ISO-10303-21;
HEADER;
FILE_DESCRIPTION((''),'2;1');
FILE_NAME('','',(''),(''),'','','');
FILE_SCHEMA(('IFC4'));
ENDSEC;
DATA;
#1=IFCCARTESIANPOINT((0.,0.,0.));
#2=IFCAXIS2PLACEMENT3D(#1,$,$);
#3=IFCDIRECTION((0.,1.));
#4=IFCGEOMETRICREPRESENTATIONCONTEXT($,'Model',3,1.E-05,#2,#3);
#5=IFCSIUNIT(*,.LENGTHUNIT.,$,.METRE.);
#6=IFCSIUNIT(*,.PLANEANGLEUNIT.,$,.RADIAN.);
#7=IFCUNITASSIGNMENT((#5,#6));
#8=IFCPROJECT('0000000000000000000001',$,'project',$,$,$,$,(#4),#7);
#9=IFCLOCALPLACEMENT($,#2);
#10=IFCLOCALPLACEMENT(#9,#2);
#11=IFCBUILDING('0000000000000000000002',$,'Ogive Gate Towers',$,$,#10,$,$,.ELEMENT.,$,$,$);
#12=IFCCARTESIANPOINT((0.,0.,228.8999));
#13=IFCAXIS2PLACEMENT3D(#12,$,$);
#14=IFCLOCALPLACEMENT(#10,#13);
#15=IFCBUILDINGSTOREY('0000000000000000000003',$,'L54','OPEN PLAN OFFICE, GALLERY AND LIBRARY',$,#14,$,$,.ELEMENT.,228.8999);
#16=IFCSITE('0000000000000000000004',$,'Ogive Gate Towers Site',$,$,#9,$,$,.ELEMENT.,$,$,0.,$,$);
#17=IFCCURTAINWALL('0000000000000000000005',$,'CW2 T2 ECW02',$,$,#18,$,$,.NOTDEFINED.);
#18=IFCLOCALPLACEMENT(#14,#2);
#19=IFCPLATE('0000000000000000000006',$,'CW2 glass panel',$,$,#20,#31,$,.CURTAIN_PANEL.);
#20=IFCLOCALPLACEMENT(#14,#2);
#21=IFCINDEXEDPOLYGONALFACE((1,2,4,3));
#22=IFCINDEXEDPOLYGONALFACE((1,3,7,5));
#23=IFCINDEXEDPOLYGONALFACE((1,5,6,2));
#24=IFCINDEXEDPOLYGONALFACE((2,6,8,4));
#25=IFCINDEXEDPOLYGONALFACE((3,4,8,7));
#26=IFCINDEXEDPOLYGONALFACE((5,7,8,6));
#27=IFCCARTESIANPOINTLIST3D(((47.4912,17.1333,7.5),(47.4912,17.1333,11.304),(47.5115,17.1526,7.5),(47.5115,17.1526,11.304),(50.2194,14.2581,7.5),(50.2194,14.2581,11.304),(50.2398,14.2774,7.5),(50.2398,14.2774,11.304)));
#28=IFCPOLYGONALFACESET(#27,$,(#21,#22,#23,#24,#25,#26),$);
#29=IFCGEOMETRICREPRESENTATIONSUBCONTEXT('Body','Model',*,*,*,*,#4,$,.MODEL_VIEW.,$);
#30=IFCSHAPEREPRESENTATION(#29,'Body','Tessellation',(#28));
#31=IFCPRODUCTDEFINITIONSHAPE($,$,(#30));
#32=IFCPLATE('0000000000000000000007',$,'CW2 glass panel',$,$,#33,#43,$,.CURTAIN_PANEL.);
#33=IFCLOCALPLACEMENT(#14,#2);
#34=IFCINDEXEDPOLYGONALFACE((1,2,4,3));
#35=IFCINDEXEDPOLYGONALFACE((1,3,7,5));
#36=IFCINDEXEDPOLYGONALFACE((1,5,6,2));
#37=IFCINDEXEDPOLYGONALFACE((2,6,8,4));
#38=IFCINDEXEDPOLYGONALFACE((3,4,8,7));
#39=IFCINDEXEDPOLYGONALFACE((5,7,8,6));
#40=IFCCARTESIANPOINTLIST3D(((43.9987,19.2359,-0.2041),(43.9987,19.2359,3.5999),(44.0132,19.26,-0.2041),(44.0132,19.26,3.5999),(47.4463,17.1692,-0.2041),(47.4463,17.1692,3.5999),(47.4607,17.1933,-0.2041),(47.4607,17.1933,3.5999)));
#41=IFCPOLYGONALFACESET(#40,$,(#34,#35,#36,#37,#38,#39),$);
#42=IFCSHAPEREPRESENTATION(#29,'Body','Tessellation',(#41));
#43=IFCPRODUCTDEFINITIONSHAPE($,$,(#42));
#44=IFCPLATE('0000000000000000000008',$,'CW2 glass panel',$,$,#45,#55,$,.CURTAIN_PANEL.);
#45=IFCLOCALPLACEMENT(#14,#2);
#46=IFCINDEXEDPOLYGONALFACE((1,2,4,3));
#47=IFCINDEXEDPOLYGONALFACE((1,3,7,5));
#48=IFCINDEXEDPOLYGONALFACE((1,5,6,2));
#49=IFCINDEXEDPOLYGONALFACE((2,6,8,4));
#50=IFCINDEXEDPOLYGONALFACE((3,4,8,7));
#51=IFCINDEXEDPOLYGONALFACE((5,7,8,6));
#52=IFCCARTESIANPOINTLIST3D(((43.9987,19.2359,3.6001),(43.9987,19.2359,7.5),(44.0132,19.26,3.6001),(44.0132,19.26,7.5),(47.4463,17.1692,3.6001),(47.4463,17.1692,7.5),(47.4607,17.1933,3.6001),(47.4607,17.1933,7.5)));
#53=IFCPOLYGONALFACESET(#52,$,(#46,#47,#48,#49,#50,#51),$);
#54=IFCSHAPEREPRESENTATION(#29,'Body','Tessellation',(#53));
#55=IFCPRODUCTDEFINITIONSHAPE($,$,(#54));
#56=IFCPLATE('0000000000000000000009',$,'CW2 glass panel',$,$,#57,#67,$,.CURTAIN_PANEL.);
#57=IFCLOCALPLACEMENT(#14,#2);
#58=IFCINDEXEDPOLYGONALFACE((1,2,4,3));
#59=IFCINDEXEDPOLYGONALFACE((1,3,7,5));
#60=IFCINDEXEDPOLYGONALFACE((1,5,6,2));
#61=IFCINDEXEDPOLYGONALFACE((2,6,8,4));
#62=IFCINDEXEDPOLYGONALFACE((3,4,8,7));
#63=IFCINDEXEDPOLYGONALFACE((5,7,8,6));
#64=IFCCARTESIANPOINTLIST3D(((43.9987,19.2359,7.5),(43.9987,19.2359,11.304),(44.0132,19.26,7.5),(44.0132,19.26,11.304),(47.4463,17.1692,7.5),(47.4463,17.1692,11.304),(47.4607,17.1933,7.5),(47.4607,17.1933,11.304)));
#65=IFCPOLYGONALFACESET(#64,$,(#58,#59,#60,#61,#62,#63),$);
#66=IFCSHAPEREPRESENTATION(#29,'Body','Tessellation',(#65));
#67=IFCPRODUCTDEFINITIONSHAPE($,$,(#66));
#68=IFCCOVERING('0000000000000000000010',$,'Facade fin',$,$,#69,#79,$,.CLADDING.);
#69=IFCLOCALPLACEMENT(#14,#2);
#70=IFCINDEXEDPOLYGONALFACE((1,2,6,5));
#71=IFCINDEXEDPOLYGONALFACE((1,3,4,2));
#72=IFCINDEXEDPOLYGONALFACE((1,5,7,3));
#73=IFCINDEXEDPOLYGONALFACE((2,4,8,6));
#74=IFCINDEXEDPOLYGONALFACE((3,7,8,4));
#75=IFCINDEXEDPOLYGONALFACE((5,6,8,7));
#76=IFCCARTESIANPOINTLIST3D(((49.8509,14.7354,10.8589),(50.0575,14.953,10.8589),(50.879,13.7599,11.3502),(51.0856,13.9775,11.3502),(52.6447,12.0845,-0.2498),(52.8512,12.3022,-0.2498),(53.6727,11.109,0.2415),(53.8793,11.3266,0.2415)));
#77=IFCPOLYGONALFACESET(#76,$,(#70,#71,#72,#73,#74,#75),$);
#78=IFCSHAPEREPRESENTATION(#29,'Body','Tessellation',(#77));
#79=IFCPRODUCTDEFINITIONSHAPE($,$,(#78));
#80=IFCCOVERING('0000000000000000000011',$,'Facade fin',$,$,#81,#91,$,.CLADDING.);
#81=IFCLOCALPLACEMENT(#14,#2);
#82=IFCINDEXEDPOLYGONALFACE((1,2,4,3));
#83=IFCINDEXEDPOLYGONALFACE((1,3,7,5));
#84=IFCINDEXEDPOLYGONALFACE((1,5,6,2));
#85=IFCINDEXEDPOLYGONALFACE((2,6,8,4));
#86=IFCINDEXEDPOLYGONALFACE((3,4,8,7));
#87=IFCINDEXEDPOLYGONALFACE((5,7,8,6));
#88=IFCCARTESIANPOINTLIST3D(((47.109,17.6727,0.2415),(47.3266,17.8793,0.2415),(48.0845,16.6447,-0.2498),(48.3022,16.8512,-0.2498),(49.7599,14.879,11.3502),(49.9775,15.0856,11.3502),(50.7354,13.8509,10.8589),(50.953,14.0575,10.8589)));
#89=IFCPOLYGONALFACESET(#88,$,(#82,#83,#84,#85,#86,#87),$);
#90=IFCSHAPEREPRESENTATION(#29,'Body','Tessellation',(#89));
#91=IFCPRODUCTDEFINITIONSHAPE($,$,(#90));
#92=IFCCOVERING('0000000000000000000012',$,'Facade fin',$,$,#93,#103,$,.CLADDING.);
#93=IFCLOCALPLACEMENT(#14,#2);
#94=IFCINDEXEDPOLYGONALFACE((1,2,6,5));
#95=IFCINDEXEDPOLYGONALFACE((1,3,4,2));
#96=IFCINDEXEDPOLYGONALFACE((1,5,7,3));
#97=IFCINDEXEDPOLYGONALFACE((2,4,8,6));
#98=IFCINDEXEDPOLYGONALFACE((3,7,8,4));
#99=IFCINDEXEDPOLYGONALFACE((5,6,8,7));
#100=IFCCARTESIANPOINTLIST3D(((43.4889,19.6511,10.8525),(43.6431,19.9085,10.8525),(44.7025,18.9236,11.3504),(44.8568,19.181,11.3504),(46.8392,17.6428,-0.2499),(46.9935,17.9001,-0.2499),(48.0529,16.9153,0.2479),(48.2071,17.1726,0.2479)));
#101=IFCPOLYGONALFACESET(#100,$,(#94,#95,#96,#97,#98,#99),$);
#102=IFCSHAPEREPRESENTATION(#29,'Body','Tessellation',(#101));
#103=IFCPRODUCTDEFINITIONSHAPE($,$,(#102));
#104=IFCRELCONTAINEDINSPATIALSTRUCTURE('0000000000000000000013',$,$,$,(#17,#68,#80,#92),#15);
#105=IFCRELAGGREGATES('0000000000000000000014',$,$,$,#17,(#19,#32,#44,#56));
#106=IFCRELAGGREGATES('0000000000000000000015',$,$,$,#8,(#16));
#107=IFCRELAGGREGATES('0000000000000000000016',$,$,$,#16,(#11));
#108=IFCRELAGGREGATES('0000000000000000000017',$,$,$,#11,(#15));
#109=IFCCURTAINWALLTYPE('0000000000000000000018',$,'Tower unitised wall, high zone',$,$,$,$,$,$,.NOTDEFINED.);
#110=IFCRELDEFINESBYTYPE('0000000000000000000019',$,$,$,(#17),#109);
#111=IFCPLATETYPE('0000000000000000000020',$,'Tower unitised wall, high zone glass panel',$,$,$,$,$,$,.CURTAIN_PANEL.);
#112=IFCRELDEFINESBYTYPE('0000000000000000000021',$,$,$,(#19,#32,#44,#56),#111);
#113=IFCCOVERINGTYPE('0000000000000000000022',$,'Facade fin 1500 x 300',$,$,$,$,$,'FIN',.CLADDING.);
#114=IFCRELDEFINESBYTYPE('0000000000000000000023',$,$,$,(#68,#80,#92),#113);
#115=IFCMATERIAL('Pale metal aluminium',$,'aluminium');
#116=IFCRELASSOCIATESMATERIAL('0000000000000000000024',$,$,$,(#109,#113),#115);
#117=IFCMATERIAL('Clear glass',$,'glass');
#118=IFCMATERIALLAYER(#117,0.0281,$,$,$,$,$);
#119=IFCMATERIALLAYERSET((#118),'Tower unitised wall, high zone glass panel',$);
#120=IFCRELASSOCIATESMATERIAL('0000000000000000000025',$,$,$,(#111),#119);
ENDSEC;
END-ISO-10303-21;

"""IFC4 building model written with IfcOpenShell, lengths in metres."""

from ifc_helpers import new_model, si_unit, direction, frame, origin, origin_2d, place, context, subcontext, project, spatial, rectangle, extrude, material, layer, layer_set, material_profile, profile_set, type_object, element, aggregate, save


model = new_model("IFC4")

# Units and contexts
model_context = context("Model", 3, precision=1e-05, world=origin(), true_north=direction((0.0, 1.0)))
body_context = subcontext(model_context, "Body", "Model", "MODEL_VIEW")
ifc_project = project(units=[si_unit("LENGTHUNIT", "METRE"), si_unit("PLANEANGLEUNIT", "RADIAN")], contexts=[model_context])

# Site, building, storey
site_placement = place(None, origin())
site = spatial("IfcSite", under=ifc_project, at=site_placement, Name="Ogive Gate Towers Site", CompositionType="ELEMENT", RefElevation=0.0)
building_placement = place(site_placement, origin())
building = spatial("IfcBuilding", under=site, at=building_placement, Name="Ogive Gate Towers", CompositionType="ELEMENT")
storey_placement = place(building_placement, frame((0.0, 0.0, 228.8999)))
storey = spatial("IfcBuildingStorey", under=building, at=storey_placement, Name="L54", Description="OPEN PLAN OFFICE, GALLERY AND LIBRARY", CompositionType="ELEMENT", Elevation=228.8999)

# Shared definitions
ifc_material_1 = material(Name="Pale metal aluminium", Category="aluminium")
curtain_wall_type = type_object("IfcCurtainWallType", Name="Tower unitised wall, high zone", PredefinedType="NOTDEFINED", material=ifc_material_1)

# Curtain wall
curtain_wall_1_placement = place(storey_placement, origin())
curtain_wall_1 = element("IfcCurtainWall", 1, at=curtain_wall_1_placement, inside=storey, type_object=curtain_wall_type, Name="CW2 T2 ECW02", PredefinedType="NOTDEFINED")

# Plates
ifc_material_2 = material(Name="Clear glass", Category="glass")
ifc_layer = layer(ifc_material_2, 0.0281)
ifc_layer_set = layer_set([ifc_layer], Name="Tower unitised wall, high zone glass panel")
plate_type = type_object("IfcPlateType", Name="Tower unitised wall, high zone glass panel", PredefinedType="CURTAIN_PANEL", material=ifc_layer_set)
plate_1_placement = place(storey_placement, frame((48.8655, 15.7053, 7.5), z_axis=(0.0, 0.0, 1.0), x_axis=(-0.688329, 0.725398, 0.0)))
plate_1 = element("IfcPlate", 2, at=plate_1_placement, type_object=plate_type, Name="CW2 glass panel", PredefinedType="CURTAIN_PANEL", context=body_context, shape_type="SweptSolid", body=[
    extrude(rectangle(XDim=3.9636, YDim=0.0281, at=origin_2d()), origin(), (0.0, 0.0, 1.0), 3.804),
])
plate_2_placement = place(storey_placement, frame((45.7297, 18.2146, -0.2041), z_axis=(0.0, 0.0, 1.0), x_axis=(-0.857697, 0.514155, 0.0)))
plate_2 = element("IfcPlate", 3, at=plate_2_placement, type_object=plate_type, Name="CW2 glass panel", PredefinedType="CURTAIN_PANEL", context=body_context, shape_type="SweptSolid", body=[
    extrude(rectangle(XDim=4.0195, YDim=0.0281, at=origin_2d()), origin(), (0.0, 0.0, 1.0), 3.804),
])
plate_3_placement = place(storey_placement, frame((45.7297, 18.2146, 3.6001), z_axis=(0.0, 0.0, 1.0), x_axis=(-0.857697, 0.514155, 0.0)))
plate_3 = element("IfcPlate", 4, at=plate_3_placement, type_object=plate_type, Name="CW2 glass panel", PredefinedType="CURTAIN_PANEL", context=body_context, shape_type="SweptSolid", body=[
    extrude(rectangle(XDim=4.0195, YDim=0.0281, at=origin_2d()), origin(), (0.0, 0.0, 1.0), 3.8999),
])
plate_4_placement = place(storey_placement, frame((45.7297, 18.2146, 7.5), z_axis=(0.0, 0.0, 1.0), x_axis=(-0.857697, 0.514155, 0.0)))
plate_4 = element("IfcPlate", 5, at=plate_4_placement, type_object=plate_type, Name="CW2 glass panel", PredefinedType="CURTAIN_PANEL", context=body_context, shape_type="SweptSolid", body=[
    extrude(rectangle(XDim=4.0195, YDim=0.0281, at=origin_2d()), origin(), (0.0, 0.0, 1.0), 3.804),
])
aggregate(curtain_wall_1, [plate_1, plate_2, plate_3, plate_4])

# Coverings
ifc_material_profile_1 = material_profile(ifc_material_1, rectangle(XDim=0.3, YDim=1.5, at=origin_2d()), Name="1500 x 300 pale metal aluminium")
ifc_profile_set_1 = profile_set([ifc_material_profile_1], Name="Pale metal aluminium")
covering_type = type_object("IfcCoveringType", Name="Facade fin 1500 x 300", ElementType="FIN", PredefinedType="CLADDING", material=ifc_profile_set_1)
for number, where, z_axis, x_axis, name in (
    (6, (53.262, 11.7056, -0.0042), (-0.237614, 0.225467, 0.94483), (-0.688321, -0.725406, 0.0), "Facade fin"),
    (7, (47.7056, 17.262, -0.0042), (0.225467, -0.237614, 0.94483), (0.725406, 0.688321, 0.0), "Facade fin"),
):
    element("IfcCovering", number, at=place(storey_placement, frame(where, z_axis=z_axis, x_axis=x_axis)), inside=storey, type_object=covering_type, Name=name, PredefinedType="CLADDING", context=body_context, shape_type="SweptSolid", body=[
        extrude(rectangle(XDim=0.3, YDim=1.5, at=origin_2d()), origin(), (0.0, 0.0, 1.0), 11.7573),
    ])
covering_placement = place(storey_placement, frame((47.5232, 17.4077, -0.001), z_axis=(-0.284665, 0.170637, 0.943318), x_axis=(-0.514137, -0.857708, 0.0)))
element("IfcCovering", 8, at=covering_placement, inside=storey, type_object=covering_type, Name="Facade fin", PredefinedType="CLADDING", context=body_context, shape_type="SweptSolid", body=[
    extrude(rectangle(XDim=0.3, YDim=1.5, at=origin_2d()), origin(), (0.0, 0.0, 1.0), 11.7695),
])

save(model, "model.ifc")
